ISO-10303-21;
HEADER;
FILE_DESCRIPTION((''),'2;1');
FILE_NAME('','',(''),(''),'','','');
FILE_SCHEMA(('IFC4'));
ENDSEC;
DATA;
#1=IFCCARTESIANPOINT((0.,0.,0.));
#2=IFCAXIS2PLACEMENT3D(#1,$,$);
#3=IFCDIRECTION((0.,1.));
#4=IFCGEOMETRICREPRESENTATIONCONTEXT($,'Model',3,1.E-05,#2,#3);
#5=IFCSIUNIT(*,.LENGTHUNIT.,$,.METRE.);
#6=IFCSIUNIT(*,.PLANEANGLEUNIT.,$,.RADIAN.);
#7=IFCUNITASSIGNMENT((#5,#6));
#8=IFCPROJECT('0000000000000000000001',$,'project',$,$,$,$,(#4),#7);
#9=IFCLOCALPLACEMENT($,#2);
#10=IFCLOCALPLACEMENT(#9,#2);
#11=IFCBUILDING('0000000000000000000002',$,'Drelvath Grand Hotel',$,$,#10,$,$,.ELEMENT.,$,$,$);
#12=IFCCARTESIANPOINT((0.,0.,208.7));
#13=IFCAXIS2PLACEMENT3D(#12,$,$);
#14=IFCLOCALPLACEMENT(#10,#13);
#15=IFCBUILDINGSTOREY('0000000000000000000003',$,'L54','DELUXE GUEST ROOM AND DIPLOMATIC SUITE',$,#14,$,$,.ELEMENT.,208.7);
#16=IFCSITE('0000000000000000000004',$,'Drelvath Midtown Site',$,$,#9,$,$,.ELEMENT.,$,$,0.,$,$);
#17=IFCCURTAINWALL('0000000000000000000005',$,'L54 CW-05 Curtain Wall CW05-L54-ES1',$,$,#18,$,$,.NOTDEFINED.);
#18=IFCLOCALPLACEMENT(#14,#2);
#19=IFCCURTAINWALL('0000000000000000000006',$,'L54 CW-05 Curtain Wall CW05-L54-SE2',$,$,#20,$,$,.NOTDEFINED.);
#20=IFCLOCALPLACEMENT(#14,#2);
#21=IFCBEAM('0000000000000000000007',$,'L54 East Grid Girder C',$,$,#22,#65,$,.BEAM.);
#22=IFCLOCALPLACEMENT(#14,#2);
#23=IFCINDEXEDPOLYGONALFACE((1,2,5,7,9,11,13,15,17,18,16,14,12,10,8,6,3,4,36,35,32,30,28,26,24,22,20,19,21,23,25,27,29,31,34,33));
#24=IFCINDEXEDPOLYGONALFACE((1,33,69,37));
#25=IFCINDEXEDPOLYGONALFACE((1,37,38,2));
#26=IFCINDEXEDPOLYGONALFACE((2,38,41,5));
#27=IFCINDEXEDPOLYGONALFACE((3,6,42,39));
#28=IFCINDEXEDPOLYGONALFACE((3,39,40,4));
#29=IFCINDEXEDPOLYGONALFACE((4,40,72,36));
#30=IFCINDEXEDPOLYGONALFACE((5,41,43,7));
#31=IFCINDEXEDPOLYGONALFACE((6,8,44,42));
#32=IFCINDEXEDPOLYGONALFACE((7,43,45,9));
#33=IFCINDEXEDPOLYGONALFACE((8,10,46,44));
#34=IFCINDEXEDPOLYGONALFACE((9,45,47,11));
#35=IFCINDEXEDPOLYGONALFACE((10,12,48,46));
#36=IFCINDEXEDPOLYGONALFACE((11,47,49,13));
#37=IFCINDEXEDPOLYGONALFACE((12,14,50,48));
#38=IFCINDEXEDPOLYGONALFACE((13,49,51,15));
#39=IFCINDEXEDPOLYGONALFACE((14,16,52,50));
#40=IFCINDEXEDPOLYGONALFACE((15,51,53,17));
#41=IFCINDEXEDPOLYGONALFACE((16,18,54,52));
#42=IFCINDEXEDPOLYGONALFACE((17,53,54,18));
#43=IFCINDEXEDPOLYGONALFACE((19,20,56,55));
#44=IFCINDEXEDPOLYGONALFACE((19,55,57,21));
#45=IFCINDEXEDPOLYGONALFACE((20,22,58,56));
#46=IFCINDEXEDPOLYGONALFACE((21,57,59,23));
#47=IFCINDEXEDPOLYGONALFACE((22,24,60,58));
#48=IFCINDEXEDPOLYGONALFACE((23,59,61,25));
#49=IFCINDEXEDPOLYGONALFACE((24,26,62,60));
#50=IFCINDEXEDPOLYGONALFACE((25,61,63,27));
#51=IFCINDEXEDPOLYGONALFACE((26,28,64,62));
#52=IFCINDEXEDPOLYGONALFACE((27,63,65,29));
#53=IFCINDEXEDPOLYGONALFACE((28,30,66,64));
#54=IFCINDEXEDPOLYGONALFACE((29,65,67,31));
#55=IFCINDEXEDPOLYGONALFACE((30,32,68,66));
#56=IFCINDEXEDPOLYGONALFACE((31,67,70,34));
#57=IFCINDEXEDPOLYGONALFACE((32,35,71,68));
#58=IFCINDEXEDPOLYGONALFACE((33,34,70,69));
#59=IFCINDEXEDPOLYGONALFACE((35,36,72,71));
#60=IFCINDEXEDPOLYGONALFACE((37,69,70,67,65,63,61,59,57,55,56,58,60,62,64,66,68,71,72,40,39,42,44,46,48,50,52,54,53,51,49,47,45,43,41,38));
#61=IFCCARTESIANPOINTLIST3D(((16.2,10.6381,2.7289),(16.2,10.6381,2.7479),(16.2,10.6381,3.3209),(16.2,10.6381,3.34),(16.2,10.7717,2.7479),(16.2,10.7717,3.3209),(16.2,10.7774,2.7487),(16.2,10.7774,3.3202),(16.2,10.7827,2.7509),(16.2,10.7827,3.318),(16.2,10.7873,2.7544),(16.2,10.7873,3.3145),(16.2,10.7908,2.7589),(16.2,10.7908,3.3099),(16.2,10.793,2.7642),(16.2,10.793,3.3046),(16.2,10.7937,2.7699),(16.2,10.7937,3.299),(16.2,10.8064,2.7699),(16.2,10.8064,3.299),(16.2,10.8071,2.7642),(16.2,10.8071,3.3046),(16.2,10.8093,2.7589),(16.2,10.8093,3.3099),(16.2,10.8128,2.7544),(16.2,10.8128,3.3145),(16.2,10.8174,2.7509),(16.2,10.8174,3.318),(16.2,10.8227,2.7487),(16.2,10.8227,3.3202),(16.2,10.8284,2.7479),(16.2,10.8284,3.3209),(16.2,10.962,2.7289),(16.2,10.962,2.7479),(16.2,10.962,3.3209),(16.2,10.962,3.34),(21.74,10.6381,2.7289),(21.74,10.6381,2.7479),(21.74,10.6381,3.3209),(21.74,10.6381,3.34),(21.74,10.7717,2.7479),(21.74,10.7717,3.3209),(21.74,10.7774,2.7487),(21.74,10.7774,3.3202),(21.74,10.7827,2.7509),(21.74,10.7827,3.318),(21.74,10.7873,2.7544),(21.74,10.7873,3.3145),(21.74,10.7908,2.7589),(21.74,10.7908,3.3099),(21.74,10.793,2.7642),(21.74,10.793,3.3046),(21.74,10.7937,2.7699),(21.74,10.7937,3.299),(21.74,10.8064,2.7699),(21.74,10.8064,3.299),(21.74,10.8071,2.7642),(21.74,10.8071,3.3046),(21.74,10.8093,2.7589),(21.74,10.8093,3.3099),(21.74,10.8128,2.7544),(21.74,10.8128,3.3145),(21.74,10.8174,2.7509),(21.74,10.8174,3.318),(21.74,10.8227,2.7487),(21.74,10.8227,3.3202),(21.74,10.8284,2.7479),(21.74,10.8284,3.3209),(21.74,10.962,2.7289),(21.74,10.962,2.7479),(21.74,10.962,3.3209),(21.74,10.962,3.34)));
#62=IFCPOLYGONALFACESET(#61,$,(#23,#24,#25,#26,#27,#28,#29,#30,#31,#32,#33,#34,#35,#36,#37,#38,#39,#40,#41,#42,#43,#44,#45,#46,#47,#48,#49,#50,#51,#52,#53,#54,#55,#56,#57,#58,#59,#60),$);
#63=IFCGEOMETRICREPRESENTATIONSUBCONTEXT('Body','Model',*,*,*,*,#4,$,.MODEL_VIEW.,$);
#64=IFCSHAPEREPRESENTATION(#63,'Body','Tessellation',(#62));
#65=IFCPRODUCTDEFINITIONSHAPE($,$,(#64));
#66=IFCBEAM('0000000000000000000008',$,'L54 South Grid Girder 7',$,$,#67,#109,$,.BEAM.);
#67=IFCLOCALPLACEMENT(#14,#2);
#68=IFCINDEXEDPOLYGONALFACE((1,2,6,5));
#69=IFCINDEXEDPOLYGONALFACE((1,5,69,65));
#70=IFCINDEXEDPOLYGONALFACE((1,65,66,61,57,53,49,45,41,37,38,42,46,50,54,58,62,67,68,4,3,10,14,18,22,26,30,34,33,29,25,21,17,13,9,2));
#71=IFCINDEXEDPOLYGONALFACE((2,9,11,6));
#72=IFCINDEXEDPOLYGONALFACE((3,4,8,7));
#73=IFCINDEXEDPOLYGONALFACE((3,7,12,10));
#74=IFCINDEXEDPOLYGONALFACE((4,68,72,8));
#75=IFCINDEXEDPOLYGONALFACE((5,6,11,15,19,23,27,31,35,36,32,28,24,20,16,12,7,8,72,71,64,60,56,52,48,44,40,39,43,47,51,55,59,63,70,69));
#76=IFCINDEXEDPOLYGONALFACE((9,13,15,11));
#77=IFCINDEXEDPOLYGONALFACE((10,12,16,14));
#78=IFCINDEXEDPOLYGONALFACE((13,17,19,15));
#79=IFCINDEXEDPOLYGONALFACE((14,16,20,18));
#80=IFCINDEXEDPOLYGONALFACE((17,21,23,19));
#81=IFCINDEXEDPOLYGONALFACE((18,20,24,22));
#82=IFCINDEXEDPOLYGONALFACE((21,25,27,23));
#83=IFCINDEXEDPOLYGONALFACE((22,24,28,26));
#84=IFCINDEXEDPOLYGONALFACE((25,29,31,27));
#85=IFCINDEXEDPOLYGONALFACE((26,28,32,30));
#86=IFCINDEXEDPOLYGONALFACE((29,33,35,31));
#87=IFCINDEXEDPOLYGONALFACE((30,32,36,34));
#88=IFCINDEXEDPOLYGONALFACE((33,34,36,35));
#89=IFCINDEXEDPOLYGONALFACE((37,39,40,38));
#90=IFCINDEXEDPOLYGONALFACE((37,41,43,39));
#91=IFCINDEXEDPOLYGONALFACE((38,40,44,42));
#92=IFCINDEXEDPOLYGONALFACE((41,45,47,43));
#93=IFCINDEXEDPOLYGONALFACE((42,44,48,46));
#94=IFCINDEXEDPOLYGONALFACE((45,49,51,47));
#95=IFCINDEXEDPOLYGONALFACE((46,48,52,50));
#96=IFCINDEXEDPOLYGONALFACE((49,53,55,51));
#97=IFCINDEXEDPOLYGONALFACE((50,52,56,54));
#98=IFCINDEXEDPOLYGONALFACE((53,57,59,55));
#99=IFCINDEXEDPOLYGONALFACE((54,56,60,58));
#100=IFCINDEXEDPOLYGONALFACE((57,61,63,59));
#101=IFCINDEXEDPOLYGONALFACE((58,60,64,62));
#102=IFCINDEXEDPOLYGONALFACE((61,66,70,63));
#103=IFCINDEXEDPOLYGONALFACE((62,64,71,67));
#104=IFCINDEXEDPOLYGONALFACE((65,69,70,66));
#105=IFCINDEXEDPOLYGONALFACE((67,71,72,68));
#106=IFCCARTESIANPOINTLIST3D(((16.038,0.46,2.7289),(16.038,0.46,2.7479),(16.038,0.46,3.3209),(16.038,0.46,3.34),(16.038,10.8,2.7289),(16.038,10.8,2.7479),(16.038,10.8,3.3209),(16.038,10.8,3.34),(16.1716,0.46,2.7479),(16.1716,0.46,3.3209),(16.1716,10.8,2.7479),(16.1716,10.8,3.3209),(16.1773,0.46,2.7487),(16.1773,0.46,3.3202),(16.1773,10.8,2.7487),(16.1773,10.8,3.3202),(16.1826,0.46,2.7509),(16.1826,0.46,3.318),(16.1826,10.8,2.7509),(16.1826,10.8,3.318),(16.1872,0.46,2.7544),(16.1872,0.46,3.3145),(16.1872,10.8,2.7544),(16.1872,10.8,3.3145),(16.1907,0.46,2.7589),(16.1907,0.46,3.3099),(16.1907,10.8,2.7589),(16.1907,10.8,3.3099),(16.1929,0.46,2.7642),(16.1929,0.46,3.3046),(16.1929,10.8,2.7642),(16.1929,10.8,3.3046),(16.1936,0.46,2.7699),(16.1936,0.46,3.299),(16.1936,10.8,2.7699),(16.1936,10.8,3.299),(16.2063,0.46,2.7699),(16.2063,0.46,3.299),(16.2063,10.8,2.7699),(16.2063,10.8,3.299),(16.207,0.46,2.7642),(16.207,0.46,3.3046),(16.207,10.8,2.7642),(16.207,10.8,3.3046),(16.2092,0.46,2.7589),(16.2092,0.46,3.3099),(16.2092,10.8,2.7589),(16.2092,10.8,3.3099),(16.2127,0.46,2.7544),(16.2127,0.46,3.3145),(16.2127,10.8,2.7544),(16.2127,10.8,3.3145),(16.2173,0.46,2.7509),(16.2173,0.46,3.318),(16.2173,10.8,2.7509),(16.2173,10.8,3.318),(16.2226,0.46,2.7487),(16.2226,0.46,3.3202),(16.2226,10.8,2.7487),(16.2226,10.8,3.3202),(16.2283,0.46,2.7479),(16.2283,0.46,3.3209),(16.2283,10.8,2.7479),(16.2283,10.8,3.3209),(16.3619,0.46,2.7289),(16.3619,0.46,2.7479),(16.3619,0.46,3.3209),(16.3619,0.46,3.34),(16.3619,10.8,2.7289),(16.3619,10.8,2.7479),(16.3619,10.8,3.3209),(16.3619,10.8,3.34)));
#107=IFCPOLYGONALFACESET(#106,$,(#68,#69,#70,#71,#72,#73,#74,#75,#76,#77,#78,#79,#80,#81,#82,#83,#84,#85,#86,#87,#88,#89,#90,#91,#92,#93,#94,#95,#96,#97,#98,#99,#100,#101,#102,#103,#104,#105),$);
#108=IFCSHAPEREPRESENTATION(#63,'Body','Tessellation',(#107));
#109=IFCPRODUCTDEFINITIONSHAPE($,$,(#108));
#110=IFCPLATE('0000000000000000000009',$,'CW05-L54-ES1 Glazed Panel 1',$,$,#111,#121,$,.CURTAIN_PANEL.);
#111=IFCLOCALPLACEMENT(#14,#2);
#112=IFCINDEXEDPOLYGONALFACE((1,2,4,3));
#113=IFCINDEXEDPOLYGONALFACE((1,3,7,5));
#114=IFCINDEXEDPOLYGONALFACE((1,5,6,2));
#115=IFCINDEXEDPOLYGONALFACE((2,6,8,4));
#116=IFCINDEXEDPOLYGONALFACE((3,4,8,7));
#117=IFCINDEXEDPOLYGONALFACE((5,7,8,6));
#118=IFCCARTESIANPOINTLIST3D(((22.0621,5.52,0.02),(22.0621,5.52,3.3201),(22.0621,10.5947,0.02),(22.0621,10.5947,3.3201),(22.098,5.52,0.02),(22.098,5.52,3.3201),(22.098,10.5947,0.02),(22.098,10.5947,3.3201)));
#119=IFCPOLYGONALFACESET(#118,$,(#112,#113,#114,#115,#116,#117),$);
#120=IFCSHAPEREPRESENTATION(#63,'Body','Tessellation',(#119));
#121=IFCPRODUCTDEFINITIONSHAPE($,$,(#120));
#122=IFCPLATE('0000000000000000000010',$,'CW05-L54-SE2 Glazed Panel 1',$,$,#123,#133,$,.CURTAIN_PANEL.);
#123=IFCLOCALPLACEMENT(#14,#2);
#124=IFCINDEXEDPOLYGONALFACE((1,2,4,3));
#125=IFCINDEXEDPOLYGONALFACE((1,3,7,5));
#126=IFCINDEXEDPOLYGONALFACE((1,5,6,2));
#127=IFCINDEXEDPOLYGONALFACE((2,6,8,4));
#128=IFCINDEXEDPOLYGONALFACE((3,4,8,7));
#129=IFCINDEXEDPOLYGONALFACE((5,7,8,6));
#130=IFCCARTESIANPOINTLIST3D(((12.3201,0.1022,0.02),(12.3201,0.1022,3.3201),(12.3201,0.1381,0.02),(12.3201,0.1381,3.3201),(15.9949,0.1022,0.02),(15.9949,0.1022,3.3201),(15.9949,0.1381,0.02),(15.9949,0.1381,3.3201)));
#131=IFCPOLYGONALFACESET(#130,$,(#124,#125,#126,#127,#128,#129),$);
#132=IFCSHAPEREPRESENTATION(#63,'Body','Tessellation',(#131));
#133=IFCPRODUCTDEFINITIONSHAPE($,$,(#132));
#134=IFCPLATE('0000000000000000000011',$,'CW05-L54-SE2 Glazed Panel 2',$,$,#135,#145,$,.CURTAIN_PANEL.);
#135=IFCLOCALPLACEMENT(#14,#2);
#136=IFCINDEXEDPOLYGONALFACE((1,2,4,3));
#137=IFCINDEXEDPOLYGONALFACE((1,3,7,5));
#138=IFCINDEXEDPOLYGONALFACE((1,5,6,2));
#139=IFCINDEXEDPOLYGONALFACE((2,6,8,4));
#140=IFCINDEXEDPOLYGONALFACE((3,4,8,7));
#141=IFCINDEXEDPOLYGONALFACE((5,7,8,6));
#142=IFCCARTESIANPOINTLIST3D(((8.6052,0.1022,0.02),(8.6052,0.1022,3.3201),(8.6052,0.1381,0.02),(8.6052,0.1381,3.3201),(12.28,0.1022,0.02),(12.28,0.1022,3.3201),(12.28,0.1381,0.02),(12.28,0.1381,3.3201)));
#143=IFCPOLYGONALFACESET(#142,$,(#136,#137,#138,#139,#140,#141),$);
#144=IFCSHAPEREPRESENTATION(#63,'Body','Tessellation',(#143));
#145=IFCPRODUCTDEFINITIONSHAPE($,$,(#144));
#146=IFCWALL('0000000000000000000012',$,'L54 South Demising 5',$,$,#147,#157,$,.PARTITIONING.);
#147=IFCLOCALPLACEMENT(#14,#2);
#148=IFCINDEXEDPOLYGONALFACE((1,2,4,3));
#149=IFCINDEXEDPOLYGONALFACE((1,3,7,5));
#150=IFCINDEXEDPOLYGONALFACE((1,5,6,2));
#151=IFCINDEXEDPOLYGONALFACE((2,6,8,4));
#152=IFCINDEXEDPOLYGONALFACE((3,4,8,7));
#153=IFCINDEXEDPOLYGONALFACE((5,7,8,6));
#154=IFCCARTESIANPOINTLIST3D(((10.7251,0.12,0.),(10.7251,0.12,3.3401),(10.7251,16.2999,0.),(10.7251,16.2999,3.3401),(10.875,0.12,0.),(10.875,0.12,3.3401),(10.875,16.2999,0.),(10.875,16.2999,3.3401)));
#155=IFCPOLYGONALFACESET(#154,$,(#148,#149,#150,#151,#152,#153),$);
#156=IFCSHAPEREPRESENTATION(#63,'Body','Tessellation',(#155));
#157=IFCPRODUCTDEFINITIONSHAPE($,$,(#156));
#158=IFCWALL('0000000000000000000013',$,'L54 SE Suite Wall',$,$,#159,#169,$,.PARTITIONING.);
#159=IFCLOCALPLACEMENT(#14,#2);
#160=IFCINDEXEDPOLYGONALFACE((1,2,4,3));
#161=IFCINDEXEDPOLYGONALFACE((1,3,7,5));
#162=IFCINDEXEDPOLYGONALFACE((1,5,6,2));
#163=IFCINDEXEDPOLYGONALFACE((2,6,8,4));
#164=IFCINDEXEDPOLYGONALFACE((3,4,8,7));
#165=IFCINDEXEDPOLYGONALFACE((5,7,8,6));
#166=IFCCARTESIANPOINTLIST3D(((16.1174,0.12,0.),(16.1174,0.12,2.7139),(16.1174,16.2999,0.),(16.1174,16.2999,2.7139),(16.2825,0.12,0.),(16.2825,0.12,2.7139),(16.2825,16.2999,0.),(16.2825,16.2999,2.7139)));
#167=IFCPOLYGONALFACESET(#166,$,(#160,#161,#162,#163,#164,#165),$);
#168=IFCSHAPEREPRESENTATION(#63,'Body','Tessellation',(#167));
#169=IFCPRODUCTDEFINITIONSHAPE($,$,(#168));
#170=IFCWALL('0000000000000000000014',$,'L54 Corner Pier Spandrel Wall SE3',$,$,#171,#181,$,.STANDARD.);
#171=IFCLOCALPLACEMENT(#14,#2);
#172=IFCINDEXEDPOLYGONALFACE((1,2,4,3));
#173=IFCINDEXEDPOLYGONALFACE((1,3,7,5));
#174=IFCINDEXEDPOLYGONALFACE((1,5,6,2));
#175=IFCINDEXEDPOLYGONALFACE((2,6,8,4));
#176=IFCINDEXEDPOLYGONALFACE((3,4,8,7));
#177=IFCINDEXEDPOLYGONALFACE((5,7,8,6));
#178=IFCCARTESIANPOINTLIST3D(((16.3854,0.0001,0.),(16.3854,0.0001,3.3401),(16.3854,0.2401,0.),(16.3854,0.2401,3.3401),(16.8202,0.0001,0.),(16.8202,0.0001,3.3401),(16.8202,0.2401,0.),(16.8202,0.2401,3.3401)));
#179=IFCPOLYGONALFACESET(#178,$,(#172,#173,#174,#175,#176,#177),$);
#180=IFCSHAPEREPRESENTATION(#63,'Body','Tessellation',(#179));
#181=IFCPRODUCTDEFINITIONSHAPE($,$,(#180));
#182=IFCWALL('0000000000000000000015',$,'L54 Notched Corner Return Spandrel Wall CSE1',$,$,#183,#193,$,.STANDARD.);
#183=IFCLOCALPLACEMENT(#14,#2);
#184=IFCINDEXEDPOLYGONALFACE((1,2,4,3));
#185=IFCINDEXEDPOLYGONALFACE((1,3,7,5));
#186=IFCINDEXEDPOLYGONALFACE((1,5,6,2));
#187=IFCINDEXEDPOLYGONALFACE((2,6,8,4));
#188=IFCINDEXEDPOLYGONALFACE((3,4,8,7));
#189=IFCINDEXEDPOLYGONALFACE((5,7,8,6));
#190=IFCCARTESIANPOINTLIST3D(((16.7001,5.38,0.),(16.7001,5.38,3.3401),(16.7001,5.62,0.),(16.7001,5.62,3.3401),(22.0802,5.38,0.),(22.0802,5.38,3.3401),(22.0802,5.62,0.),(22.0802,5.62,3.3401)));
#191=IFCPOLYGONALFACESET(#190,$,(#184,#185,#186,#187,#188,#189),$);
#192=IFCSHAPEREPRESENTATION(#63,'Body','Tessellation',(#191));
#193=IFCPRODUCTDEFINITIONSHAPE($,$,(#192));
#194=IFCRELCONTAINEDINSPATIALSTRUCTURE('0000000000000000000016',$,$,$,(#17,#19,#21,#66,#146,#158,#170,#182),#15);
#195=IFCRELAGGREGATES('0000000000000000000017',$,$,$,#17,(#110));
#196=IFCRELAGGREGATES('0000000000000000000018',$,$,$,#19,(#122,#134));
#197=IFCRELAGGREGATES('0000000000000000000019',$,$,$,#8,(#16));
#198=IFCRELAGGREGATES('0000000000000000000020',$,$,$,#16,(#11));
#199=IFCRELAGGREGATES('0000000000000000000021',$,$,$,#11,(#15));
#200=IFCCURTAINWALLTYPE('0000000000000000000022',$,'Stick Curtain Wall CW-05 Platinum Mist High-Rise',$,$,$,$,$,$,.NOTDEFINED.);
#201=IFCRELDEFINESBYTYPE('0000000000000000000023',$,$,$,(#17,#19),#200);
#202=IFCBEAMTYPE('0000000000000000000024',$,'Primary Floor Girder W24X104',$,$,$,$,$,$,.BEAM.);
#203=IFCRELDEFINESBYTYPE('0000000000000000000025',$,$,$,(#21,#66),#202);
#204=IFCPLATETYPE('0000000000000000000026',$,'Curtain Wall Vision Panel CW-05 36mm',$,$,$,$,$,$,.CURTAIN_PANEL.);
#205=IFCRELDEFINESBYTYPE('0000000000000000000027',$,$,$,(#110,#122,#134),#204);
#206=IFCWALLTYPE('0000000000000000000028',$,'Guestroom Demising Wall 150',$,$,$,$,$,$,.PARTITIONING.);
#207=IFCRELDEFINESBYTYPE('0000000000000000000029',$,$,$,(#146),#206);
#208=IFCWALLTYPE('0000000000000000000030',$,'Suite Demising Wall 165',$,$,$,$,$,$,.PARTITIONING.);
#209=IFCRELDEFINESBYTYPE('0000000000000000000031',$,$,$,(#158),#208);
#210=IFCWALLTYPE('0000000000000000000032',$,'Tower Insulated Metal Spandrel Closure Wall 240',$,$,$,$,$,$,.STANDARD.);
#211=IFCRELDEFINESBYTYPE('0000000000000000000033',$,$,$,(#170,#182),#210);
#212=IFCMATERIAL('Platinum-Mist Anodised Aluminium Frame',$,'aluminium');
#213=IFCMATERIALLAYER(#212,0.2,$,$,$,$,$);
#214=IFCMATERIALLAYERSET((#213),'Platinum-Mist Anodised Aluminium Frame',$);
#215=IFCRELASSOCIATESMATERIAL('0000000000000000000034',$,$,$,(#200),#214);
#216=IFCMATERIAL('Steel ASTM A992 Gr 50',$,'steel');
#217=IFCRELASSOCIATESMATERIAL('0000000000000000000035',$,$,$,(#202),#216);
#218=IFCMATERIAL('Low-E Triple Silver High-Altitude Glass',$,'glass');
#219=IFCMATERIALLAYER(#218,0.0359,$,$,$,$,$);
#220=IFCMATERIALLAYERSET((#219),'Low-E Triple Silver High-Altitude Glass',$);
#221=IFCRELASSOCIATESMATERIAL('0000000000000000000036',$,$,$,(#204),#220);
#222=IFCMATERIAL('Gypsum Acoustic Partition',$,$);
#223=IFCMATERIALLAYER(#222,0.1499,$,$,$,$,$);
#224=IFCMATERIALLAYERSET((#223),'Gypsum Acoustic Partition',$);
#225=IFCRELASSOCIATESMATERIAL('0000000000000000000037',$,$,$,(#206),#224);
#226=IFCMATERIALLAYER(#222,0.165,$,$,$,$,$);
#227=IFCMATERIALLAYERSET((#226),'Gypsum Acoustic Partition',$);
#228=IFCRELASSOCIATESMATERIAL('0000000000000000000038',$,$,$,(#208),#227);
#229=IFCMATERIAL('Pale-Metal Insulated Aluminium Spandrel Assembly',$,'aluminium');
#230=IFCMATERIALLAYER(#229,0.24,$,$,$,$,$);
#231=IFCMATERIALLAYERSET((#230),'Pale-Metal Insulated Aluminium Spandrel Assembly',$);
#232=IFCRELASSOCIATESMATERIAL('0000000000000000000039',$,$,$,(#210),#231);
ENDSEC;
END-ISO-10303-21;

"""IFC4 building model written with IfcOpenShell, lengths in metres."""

from ifc_helpers import new_model, si_unit, direction, frame, frame_2d, origin, origin_2d, place, context, subcontext, project, spatial, rectangle, i_section, extrude, material, layer, layer_set, material_profile, profile_set, type_object, element, aggregate, save


model = new_model("IFC4")

# Units and contexts
model_context = context("Model", 3, precision=1e-05, world=origin(), true_north=direction((0.0, 1.0)))
body_context = subcontext(model_context, "Body", "Model", "MODEL_VIEW")
ifc_project = project(units=[si_unit("LENGTHUNIT", "METRE"), si_unit("PLANEANGLEUNIT", "RADIAN")], contexts=[model_context])

# Site, building, storey
site_placement = place(None, origin())
site = spatial("IfcSite", under=ifc_project, at=site_placement, Name="Drelvath Midtown Site", CompositionType="ELEMENT", RefElevation=0.0)
building_placement = place(site_placement, origin())
building = spatial("IfcBuilding", under=site, at=building_placement, Name="Drelvath Grand Hotel", CompositionType="ELEMENT")
storey_placement = place(building_placement, frame((0.0, 0.0, 208.7)))
storey = spatial("IfcBuildingStorey", under=building, at=storey_placement, Name="L54", Description="DELUXE GUEST ROOM AND DIPLOMATIC SUITE", CompositionType="ELEMENT", Elevation=208.7)

# Shared definitions
ifc_material_1 = material(Name="Steel ASTM A992 Gr 50", Category="steel")

# Curtain walls
ifc_material_2 = material(Name="Platinum-Mist Anodised Aluminium Frame", Category="aluminium")
ifc_layer_1 = layer(ifc_material_2, 0.2)
ifc_layer_set_1 = layer_set([ifc_layer_1], Name="Platinum-Mist Anodised Aluminium Frame")
curtain_wall_type = type_object("IfcCurtainWallType", Name="Stick Curtain Wall CW-05 Platinum Mist High-Rise", PredefinedType="NOTDEFINED", material=ifc_layer_set_1)
curtain_wall_1_placement = place(storey_placement, origin())
curtain_wall_1 = element("IfcCurtainWall", 1, at=curtain_wall_1_placement, inside=storey, type_object=curtain_wall_type, Name="L54 CW-05 Curtain Wall CW05-L54-ES1", PredefinedType="NOTDEFINED")
curtain_wall_2_placement = place(storey_placement, origin())
curtain_wall_2 = element("IfcCurtainWall", 2, at=curtain_wall_2_placement, inside=storey, type_object=curtain_wall_type, Name="L54 CW-05 Curtain Wall CW05-L54-SE2", PredefinedType="NOTDEFINED")

# Beams
ifc_material_profile_1 = material_profile(ifc_material_1, i_section(OverallWidth=0.324, OverallDepth=0.6111, WebThickness=0.0127, FlangeThickness=0.019, FilletRadius=0.022, at=origin_2d()), Name="W24X104")
ifc_profile_set_1 = profile_set([ifc_material_profile_1], Name="Steel ASTM A992 Gr 50")
beam_type_1 = type_object("IfcBeamType", Name="Primary Floor Girder W24X104", PredefinedType="BEAM", material=ifc_profile_set_1)
beam_1_placement = place(storey_placement, frame((16.2, 10.8, 3.0344), z_axis=(1.0, 0.0, 0.0), x_axis=(0.0, 1.0, 0.0)))
element("IfcBeam", 3, at=beam_1_placement, inside=storey, type_object=beam_type_1, Name="L54 East Grid Girder C", PredefinedType="BEAM", context=body_context, shape_type="SweptSolid", body=[
    extrude(i_section(OverallWidth=0.324, OverallDepth=0.6111, WebThickness=0.0127, FlangeThickness=0.019, FilletRadius=0.022, at=origin_2d()), origin(), (0.0, 0.0, 1.0), 5.54),
])
beam_2_placement = place(storey_placement, frame((16.2, 0.46, 3.0344), z_axis=(0.0, 1.0, 0.0), x_axis=(-1.0, 0.0, 0.0)))
element("IfcBeam", 4, at=beam_2_placement, inside=storey, type_object=beam_type_1, Name="L54 South Grid Girder 7", PredefinedType="BEAM", context=body_context, shape_type="SweptSolid", body=[
    extrude(i_section(OverallWidth=0.324, OverallDepth=0.6111, WebThickness=0.0127, FlangeThickness=0.019, FilletRadius=0.022, at=origin_2d()), origin(), (0.0, 0.0, 1.0), 10.3401),
])

# Plates
ifc_material_3 = material(Name="Low-E Triple Silver High-Altitude Glass", Category="glass")
ifc_layer_2 = layer(ifc_material_3, 0.0359)
ifc_layer_set_2 = layer_set([ifc_layer_2], Name="Low-E Triple Silver High-Altitude Glass")
plate_type = type_object("IfcPlateType", Name="Curtain Wall Vision Panel CW-05 36mm", PredefinedType="CURTAIN_PANEL", material=ifc_layer_set_2)
plate_1_placement = place(storey_placement, frame((22.0801, 8.0574, 0.02), z_axis=(0.0, 0.0, 1.0), x_axis=(0.0, -1.0, 0.0)))
plate_1 = element("IfcPlate", 5, at=plate_1_placement, type_object=plate_type, Name="CW05-L54-ES1 Glazed Panel 1", PredefinedType="CURTAIN_PANEL", context=body_context, shape_type="SweptSolid", body=[
    extrude(rectangle(XDim=5.0747, YDim=0.0359, at=origin_2d()), origin(), (0.0, 0.0, 1.0), 3.3),
])
aggregate(curtain_wall_1, [plate_1])
plate_2_placement = place(storey_placement, frame((14.1575, 0.1201, 0.02), z_axis=(0.0, 0.0, 1.0), x_axis=(-1.0, 0.0, 0.0)))
plate_2 = element("IfcPlate", 6, at=plate_2_placement, type_object=plate_type, Name="CW05-L54-SE2 Glazed Panel 1", PredefinedType="CURTAIN_PANEL", context=body_context, shape_type="SweptSolid", body=[
    extrude(rectangle(XDim=3.6748, YDim=0.0359, at=origin_2d()), origin(), (0.0, 0.0, 1.0), 3.3),
])
plate_3_placement = place(storey_placement, frame((10.4426, 0.1201, 0.02), z_axis=(0.0, 0.0, 1.0), x_axis=(-1.0, 0.0, 0.0)))
plate_3 = element("IfcPlate", 7, at=plate_3_placement, type_object=plate_type, Name="CW05-L54-SE2 Glazed Panel 2", PredefinedType="CURTAIN_PANEL", context=body_context, shape_type="SweptSolid", body=[
    extrude(rectangle(XDim=3.6748, YDim=0.0359, at=origin_2d()), origin(), (0.0, 0.0, 1.0), 3.3),
])
aggregate(curtain_wall_2, [plate_2, plate_3])

# Walls
ifc_material_4 = material(Name="Gypsum Acoustic Partition")
ifc_layer_3 = layer(ifc_material_4, 0.1499)
ifc_layer_set_3 = layer_set([ifc_layer_3], Name="Gypsum Acoustic Partition")
wall_type_1 = type_object("IfcWallType", Name="Guestroom Demising Wall 150", PredefinedType="PARTITIONING", material=ifc_layer_set_3)
wall_1_placement = place(storey_placement, frame((10.8, 0.1201, 0.0), z_axis=(0.0, 0.0, 1.0), x_axis=(0.0, 1.0, 0.0)))
element("IfcWall", 8, at=wall_1_placement, inside=storey, type_object=wall_type_1, Name="L54 South Demising 5", PredefinedType="PARTITIONING", context=body_context, shape_type="SweptSolid", body=[
    extrude(rectangle(XDim=16.1799, YDim=0.1499, at=frame_2d((8.0898, 0.0))), origin(), (0.0, 0.0, 1.0), 3.3401),
])
ifc_layer_4 = layer(ifc_material_4, 0.165)
ifc_layer_set_4 = layer_set([ifc_layer_4], Name="Gypsum Acoustic Partition")
wall_type_2 = type_object("IfcWallType", Name="Suite Demising Wall 165", PredefinedType="PARTITIONING", material=ifc_layer_set_4)
wall_2_placement = place(storey_placement, frame((16.2, 0.1201, 0.0), z_axis=(0.0, 0.0, 1.0), x_axis=(0.0, 1.0, 0.0)))
element("IfcWall", 9, at=wall_2_placement, inside=storey, type_object=wall_type_2, Name="L54 SE Suite Wall", PredefinedType="PARTITIONING", context=body_context, shape_type="SweptSolid", body=[
    extrude(rectangle(XDim=16.1799, YDim=0.165, at=frame_2d((8.0898, 0.0))), origin(), (0.0, 0.0, 1.0), 2.7139),
])
ifc_material_5 = material(Name="Pale-Metal Insulated Aluminium Spandrel Assembly", Category="aluminium")
ifc_layer_5 = layer(ifc_material_5, 0.24)
ifc_layer_set_5 = layer_set([ifc_layer_5], Name="Pale-Metal Insulated Aluminium Spandrel Assembly")
wall_type_3 = type_object("IfcWallType", Name="Tower Insulated Metal Spandrel Closure Wall 240", PredefinedType="STANDARD", material=ifc_layer_set_5)
wall_3_placement = place(storey_placement, frame((16.8201, 0.1201, 0.0), z_axis=(0.0, 0.0, 1.0), x_axis=(-1.0, 0.0, 0.0)))
element("IfcWall", 10, at=wall_3_placement, inside=storey, type_object=wall_type_3, Name="L54 Corner Pier Spandrel Wall SE3", PredefinedType="STANDARD", context=body_context, shape_type="SweptSolid", body=[
    extrude(rectangle(XDim=0.4348, YDim=0.24, at=frame_2d((0.2173, 0.0))), origin(), (0.0, 0.0, 1.0), 3.3401),
])
wall_4_placement = place(storey_placement, frame((22.0801, 5.5, 0.0), z_axis=(0.0, 0.0, 1.0), x_axis=(-1.0, 0.0, 0.0)))
element("IfcWall", 11, at=wall_4_placement, inside=storey, type_object=wall_type_3, Name="L54 Notched Corner Return Spandrel Wall CSE1", PredefinedType="STANDARD", context=body_context, shape_type="SweptSolid", body=[
    extrude(rectangle(XDim=5.3801, YDim=0.24, at=frame_2d((2.6899, 0.0))), origin(), (0.0, 0.0, 1.0), 3.3401),
])

save(model, "model.ifc")
